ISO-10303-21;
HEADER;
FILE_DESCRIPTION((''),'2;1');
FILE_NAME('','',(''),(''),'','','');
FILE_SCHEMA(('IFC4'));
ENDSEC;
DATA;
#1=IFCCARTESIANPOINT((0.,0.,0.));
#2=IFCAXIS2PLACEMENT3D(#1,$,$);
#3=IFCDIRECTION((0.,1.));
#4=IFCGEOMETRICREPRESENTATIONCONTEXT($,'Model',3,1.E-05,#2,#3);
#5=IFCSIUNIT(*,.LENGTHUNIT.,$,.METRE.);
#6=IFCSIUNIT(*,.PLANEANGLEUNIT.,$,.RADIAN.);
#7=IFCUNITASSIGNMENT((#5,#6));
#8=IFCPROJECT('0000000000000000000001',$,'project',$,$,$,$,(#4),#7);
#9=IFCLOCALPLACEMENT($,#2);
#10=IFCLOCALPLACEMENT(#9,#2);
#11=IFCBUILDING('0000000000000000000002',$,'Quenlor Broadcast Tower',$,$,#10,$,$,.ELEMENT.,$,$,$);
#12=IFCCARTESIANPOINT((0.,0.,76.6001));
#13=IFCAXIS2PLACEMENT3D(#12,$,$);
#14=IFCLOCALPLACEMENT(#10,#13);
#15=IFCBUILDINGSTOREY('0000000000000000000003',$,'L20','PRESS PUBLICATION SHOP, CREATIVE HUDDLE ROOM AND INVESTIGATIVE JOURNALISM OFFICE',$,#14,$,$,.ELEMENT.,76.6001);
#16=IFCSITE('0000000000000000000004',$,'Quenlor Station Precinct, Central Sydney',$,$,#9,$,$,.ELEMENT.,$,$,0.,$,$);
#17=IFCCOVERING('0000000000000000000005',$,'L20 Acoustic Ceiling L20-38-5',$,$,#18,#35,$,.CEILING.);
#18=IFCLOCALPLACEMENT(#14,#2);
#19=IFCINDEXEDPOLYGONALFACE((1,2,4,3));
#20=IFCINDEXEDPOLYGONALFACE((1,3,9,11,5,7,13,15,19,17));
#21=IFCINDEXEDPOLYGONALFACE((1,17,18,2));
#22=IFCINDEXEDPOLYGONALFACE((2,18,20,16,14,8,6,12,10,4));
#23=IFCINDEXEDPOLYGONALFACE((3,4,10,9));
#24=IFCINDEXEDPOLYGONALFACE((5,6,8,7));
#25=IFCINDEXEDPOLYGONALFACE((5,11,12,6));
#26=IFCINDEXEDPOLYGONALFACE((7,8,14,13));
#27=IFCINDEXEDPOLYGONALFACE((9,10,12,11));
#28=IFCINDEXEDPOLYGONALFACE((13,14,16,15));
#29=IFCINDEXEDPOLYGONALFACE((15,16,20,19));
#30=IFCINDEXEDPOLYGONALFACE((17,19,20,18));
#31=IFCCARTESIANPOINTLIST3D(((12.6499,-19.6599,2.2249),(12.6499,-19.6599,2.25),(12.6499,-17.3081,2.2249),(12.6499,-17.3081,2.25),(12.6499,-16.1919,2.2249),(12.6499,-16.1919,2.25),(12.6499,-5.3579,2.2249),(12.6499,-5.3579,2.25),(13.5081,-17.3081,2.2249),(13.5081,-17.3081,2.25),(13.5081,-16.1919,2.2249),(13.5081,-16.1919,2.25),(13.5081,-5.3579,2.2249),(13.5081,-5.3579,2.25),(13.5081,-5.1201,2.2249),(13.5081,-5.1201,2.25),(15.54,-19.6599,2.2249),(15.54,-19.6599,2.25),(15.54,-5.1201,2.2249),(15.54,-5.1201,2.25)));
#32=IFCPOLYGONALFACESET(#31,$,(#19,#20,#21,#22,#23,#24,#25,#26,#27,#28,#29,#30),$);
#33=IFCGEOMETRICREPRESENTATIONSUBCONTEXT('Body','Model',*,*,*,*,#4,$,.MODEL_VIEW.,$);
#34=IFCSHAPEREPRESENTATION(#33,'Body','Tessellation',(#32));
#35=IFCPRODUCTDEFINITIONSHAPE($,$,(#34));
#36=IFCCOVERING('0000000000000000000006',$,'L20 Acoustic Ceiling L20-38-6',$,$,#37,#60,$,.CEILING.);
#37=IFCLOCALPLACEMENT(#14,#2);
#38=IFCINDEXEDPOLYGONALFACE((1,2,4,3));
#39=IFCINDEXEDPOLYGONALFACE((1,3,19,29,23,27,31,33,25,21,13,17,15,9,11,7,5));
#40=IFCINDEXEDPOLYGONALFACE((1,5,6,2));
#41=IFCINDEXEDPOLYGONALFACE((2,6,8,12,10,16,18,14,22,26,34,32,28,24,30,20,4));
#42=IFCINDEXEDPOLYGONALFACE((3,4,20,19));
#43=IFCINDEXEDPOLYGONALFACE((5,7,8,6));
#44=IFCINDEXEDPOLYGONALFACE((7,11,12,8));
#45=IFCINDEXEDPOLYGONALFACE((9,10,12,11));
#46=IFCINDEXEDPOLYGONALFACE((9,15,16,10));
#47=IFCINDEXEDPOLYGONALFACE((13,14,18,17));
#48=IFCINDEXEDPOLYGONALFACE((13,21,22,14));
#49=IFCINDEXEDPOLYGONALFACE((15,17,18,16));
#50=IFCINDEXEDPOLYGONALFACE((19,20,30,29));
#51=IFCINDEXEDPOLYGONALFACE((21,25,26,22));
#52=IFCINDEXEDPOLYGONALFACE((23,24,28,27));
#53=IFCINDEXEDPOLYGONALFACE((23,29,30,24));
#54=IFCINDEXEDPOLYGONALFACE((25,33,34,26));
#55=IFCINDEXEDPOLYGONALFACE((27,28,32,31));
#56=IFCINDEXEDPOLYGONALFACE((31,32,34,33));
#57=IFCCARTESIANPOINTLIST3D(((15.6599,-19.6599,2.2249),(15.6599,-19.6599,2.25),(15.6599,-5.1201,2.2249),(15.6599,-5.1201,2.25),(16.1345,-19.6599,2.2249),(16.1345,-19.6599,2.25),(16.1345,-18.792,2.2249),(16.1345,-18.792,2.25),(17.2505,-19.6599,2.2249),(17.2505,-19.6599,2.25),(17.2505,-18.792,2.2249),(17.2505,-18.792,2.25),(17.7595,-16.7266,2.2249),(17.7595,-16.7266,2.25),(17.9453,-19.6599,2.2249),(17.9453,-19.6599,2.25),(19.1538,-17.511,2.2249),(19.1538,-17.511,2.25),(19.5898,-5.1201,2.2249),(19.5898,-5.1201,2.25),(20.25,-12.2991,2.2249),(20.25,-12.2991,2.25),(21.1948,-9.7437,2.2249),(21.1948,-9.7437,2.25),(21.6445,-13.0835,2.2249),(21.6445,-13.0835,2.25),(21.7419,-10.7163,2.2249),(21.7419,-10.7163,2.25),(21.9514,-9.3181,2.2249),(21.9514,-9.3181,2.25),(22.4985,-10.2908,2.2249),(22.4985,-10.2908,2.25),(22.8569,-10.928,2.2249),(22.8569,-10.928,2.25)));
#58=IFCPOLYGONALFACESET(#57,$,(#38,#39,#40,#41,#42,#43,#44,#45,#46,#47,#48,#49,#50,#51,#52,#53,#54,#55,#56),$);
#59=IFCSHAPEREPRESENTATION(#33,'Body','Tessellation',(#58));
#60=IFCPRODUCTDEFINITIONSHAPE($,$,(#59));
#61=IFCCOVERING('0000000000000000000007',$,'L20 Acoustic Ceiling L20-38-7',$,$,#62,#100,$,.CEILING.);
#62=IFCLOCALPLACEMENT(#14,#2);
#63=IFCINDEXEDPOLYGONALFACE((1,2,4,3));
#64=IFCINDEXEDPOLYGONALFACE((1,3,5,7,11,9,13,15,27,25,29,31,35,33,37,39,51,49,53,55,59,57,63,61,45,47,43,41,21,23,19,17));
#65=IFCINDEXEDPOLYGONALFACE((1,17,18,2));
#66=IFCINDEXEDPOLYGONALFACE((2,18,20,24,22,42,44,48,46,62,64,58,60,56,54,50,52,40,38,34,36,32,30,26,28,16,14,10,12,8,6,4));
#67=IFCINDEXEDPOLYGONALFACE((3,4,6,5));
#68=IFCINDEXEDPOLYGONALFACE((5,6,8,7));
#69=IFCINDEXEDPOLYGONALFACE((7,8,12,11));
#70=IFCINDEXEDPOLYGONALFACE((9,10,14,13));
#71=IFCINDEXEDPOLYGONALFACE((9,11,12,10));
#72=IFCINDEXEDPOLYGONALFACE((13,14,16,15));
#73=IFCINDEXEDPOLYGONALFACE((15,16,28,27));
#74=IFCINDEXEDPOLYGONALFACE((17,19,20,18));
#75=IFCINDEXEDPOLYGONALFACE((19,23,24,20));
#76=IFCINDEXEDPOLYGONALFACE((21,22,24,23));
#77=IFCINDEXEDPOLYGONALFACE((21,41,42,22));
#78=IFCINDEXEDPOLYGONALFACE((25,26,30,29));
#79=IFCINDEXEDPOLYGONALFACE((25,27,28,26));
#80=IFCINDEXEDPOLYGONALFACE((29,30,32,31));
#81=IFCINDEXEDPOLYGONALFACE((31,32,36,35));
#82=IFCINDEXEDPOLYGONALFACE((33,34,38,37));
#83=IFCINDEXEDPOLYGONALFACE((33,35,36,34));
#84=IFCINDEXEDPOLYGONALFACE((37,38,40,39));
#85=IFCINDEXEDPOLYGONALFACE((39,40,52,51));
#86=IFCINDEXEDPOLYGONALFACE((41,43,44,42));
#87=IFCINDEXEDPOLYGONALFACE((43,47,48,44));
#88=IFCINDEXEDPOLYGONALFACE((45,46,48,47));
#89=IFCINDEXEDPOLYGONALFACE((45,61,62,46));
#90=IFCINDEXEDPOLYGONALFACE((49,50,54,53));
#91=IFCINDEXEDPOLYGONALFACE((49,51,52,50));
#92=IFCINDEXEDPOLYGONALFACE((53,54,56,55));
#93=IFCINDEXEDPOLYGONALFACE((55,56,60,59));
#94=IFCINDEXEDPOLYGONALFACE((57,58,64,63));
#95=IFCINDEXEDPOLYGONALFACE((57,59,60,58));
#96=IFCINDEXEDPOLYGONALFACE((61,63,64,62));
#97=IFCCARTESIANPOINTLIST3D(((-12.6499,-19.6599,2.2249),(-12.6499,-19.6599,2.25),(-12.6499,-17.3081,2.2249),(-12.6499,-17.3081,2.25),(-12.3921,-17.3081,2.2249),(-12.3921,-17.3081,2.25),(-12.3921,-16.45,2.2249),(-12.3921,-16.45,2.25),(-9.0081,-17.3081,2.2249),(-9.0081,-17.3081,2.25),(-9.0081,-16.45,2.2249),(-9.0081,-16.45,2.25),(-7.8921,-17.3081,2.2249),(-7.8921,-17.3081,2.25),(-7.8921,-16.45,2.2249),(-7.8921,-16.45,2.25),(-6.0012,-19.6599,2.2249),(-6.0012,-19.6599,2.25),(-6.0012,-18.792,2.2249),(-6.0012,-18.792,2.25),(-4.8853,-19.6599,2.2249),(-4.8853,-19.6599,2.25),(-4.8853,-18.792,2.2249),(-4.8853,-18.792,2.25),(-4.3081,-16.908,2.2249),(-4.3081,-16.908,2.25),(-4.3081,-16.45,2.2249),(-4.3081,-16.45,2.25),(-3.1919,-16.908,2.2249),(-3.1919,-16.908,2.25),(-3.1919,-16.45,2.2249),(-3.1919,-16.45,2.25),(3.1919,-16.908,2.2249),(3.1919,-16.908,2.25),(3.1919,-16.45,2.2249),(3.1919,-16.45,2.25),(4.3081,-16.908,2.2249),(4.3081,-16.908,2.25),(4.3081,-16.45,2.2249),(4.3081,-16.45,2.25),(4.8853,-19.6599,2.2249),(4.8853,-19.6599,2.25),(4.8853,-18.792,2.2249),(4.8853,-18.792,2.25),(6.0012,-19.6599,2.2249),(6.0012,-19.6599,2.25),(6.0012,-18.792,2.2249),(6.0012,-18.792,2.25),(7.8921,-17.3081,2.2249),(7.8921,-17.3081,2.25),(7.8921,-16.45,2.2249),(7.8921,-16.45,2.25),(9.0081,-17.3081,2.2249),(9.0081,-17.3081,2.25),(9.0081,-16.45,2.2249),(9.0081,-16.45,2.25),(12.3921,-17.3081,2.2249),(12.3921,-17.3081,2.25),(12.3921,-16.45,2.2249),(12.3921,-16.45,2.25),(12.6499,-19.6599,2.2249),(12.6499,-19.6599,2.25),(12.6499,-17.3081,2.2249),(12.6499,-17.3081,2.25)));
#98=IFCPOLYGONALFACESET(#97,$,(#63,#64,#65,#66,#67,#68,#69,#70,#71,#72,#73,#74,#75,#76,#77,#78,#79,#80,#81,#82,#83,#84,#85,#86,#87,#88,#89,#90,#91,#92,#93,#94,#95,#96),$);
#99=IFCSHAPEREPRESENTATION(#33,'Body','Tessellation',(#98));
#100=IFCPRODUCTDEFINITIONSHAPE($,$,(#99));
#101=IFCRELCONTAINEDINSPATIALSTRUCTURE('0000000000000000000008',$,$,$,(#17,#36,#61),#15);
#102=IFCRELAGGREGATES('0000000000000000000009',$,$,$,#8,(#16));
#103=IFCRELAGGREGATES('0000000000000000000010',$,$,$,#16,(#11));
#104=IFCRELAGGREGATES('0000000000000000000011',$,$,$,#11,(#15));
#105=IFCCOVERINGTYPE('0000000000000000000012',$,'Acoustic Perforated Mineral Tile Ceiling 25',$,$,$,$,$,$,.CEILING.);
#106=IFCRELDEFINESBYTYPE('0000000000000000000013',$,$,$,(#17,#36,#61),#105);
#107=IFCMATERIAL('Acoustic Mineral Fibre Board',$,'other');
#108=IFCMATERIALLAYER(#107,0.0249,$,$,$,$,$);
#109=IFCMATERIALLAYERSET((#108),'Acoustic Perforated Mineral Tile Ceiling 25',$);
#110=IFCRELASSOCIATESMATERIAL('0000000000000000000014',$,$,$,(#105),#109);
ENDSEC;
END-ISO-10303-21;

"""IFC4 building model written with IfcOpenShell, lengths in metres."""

from ifc_helpers import new_model, si_unit, direction, frame, origin, place, context, subcontext, project, spatial, polyline, outline, extrude, material, layer, layer_set, type_object, element, save


model = new_model("IFC4")

# Units and contexts
model_context = context("Model", 3, precision=1e-05, world=origin(), true_north=direction((0.0, 1.0)))
body_context = subcontext(model_context, "Body", "Model", "MODEL_VIEW")
ifc_project = project(units=[si_unit("LENGTHUNIT", "METRE"), si_unit("PLANEANGLEUNIT", "RADIAN")], contexts=[model_context])

# Site, building, storey
site_placement = place(None, origin())
site = spatial("IfcSite", under=ifc_project, at=site_placement, Name="Quenlor Station Precinct, Central Sydney", CompositionType="ELEMENT", RefElevation=0.0)
building_placement = place(site_placement, origin())
building = spatial("IfcBuilding", under=site, at=building_placement, Name="Quenlor Broadcast Tower", CompositionType="ELEMENT")
storey_placement = place(building_placement, frame((0.0, 0.0, 76.6001)))
storey = spatial("IfcBuildingStorey", under=building, at=storey_placement, Name="L20", Description="PRESS PUBLICATION SHOP, CREATIVE HUDDLE ROOM AND INVESTIGATIVE JOURNALISM OFFICE", CompositionType="ELEMENT", Elevation=76.6001)

# Coverings
ifc_material_1 = material(Name="Acoustic Mineral Fibre Board", Category="other")
ifc_layer_1 = layer(ifc_material_1, 0.0249)
ifc_layer_set_1 = layer_set([ifc_layer_1], Name="Acoustic Perforated Mineral Tile Ceiling 25")
covering_type = type_object("IfcCoveringType", Name="Acoustic Perforated Mineral Tile Ceiling 25", PredefinedType="CEILING", material=ifc_layer_set_1)
covering_1_placement = place(storey_placement, frame((0.0, 0.0, 2.2249)))
element("IfcCovering", 1, at=covering_1_placement, inside=storey, type_object=covering_type, Name="L20 Acoustic Ceiling L20-38-5", PredefinedType="CEILING", context=body_context, shape_type="SweptSolid", body=[
    extrude(outline(polyline([(13.5081, -17.3081), (13.5081, -16.1919), (12.6499, -16.1919), (12.6499, -5.3579), (13.5081, -5.3579), (13.5081, -5.1201), (15.54, -5.1201), (15.54, -19.6599), (12.6499, -19.6599), (12.6499, -17.3081), (13.5081, -17.3081)])), origin(), (0.0, 0.0, 1.0), 0.0251),
])
covering_2_placement = place(storey_placement, frame((0.0, 0.0, 2.2249)))
element("IfcCovering", 2, at=covering_2_placement, inside=storey, type_object=covering_type, Name="L20 Acoustic Ceiling L20-38-6", PredefinedType="CEILING", context=body_context, shape_type="SweptSolid", body=[
    extrude(outline(polyline([(21.9514, -9.3181), (21.1948, -9.7437), (21.7419, -10.7163), (22.4985, -10.2908), (22.8569, -10.928), (21.6445, -13.0835), (20.25, -12.2991), (17.7595, -16.7266), (19.1538, -17.511), (17.9453, -19.6599), (17.2505, -19.6599), (17.2505, -18.792), (16.1345, -18.792), (16.1345, -19.6599), (15.6599, -19.6599), (15.6599, -5.1201), (19.5898, -5.1201), (21.9514, -9.3181)])), origin(), (0.0, 0.0, 1.0), 0.0251),
])
covering_3_placement = place(storey_placement, frame((0.0, 0.0, 2.2249)))
element("IfcCovering", 3, at=covering_3_placement, inside=storey, type_object=covering_type, Name="L20 Acoustic Ceiling L20-38-7", PredefinedType="CEILING", context=body_context, shape_type="SweptSolid", body=[
    extrude(outline(polyline([(-12.3921, -17.3081), (-12.3921, -16.45), (-9.0081, -16.45), (-9.0081, -17.3081), (-7.8921, -17.3081), (-7.8921, -16.45), (-4.3081, -16.45), (-4.3081, -16.908), (-3.1919, -16.908), (-3.1919, -16.45), (3.1919, -16.45), (3.1919, -16.908), (4.3081, -16.908), (4.3081, -16.45), (7.8921, -16.45), (7.8921, -17.3081), (9.0081, -17.3081), (9.0081, -16.45), (12.3921, -16.45), (12.3921, -17.3081), (12.6499, -17.3081), (12.6499, -19.6599), (6.0012, -19.6599), (6.0012, -18.792), (4.8853, -18.792), (4.8853, -19.6599), (-4.8853, -19.6599), (-4.8853, -18.792), (-6.0012, -18.792), (-6.0012, -19.6599), (-12.6499, -19.6599), (-12.6499, -17.3081), (-12.3921, -17.3081)])), origin(), (0.0, 0.0, 1.0), 0.0251),
])

save(model, "model.ifc")
